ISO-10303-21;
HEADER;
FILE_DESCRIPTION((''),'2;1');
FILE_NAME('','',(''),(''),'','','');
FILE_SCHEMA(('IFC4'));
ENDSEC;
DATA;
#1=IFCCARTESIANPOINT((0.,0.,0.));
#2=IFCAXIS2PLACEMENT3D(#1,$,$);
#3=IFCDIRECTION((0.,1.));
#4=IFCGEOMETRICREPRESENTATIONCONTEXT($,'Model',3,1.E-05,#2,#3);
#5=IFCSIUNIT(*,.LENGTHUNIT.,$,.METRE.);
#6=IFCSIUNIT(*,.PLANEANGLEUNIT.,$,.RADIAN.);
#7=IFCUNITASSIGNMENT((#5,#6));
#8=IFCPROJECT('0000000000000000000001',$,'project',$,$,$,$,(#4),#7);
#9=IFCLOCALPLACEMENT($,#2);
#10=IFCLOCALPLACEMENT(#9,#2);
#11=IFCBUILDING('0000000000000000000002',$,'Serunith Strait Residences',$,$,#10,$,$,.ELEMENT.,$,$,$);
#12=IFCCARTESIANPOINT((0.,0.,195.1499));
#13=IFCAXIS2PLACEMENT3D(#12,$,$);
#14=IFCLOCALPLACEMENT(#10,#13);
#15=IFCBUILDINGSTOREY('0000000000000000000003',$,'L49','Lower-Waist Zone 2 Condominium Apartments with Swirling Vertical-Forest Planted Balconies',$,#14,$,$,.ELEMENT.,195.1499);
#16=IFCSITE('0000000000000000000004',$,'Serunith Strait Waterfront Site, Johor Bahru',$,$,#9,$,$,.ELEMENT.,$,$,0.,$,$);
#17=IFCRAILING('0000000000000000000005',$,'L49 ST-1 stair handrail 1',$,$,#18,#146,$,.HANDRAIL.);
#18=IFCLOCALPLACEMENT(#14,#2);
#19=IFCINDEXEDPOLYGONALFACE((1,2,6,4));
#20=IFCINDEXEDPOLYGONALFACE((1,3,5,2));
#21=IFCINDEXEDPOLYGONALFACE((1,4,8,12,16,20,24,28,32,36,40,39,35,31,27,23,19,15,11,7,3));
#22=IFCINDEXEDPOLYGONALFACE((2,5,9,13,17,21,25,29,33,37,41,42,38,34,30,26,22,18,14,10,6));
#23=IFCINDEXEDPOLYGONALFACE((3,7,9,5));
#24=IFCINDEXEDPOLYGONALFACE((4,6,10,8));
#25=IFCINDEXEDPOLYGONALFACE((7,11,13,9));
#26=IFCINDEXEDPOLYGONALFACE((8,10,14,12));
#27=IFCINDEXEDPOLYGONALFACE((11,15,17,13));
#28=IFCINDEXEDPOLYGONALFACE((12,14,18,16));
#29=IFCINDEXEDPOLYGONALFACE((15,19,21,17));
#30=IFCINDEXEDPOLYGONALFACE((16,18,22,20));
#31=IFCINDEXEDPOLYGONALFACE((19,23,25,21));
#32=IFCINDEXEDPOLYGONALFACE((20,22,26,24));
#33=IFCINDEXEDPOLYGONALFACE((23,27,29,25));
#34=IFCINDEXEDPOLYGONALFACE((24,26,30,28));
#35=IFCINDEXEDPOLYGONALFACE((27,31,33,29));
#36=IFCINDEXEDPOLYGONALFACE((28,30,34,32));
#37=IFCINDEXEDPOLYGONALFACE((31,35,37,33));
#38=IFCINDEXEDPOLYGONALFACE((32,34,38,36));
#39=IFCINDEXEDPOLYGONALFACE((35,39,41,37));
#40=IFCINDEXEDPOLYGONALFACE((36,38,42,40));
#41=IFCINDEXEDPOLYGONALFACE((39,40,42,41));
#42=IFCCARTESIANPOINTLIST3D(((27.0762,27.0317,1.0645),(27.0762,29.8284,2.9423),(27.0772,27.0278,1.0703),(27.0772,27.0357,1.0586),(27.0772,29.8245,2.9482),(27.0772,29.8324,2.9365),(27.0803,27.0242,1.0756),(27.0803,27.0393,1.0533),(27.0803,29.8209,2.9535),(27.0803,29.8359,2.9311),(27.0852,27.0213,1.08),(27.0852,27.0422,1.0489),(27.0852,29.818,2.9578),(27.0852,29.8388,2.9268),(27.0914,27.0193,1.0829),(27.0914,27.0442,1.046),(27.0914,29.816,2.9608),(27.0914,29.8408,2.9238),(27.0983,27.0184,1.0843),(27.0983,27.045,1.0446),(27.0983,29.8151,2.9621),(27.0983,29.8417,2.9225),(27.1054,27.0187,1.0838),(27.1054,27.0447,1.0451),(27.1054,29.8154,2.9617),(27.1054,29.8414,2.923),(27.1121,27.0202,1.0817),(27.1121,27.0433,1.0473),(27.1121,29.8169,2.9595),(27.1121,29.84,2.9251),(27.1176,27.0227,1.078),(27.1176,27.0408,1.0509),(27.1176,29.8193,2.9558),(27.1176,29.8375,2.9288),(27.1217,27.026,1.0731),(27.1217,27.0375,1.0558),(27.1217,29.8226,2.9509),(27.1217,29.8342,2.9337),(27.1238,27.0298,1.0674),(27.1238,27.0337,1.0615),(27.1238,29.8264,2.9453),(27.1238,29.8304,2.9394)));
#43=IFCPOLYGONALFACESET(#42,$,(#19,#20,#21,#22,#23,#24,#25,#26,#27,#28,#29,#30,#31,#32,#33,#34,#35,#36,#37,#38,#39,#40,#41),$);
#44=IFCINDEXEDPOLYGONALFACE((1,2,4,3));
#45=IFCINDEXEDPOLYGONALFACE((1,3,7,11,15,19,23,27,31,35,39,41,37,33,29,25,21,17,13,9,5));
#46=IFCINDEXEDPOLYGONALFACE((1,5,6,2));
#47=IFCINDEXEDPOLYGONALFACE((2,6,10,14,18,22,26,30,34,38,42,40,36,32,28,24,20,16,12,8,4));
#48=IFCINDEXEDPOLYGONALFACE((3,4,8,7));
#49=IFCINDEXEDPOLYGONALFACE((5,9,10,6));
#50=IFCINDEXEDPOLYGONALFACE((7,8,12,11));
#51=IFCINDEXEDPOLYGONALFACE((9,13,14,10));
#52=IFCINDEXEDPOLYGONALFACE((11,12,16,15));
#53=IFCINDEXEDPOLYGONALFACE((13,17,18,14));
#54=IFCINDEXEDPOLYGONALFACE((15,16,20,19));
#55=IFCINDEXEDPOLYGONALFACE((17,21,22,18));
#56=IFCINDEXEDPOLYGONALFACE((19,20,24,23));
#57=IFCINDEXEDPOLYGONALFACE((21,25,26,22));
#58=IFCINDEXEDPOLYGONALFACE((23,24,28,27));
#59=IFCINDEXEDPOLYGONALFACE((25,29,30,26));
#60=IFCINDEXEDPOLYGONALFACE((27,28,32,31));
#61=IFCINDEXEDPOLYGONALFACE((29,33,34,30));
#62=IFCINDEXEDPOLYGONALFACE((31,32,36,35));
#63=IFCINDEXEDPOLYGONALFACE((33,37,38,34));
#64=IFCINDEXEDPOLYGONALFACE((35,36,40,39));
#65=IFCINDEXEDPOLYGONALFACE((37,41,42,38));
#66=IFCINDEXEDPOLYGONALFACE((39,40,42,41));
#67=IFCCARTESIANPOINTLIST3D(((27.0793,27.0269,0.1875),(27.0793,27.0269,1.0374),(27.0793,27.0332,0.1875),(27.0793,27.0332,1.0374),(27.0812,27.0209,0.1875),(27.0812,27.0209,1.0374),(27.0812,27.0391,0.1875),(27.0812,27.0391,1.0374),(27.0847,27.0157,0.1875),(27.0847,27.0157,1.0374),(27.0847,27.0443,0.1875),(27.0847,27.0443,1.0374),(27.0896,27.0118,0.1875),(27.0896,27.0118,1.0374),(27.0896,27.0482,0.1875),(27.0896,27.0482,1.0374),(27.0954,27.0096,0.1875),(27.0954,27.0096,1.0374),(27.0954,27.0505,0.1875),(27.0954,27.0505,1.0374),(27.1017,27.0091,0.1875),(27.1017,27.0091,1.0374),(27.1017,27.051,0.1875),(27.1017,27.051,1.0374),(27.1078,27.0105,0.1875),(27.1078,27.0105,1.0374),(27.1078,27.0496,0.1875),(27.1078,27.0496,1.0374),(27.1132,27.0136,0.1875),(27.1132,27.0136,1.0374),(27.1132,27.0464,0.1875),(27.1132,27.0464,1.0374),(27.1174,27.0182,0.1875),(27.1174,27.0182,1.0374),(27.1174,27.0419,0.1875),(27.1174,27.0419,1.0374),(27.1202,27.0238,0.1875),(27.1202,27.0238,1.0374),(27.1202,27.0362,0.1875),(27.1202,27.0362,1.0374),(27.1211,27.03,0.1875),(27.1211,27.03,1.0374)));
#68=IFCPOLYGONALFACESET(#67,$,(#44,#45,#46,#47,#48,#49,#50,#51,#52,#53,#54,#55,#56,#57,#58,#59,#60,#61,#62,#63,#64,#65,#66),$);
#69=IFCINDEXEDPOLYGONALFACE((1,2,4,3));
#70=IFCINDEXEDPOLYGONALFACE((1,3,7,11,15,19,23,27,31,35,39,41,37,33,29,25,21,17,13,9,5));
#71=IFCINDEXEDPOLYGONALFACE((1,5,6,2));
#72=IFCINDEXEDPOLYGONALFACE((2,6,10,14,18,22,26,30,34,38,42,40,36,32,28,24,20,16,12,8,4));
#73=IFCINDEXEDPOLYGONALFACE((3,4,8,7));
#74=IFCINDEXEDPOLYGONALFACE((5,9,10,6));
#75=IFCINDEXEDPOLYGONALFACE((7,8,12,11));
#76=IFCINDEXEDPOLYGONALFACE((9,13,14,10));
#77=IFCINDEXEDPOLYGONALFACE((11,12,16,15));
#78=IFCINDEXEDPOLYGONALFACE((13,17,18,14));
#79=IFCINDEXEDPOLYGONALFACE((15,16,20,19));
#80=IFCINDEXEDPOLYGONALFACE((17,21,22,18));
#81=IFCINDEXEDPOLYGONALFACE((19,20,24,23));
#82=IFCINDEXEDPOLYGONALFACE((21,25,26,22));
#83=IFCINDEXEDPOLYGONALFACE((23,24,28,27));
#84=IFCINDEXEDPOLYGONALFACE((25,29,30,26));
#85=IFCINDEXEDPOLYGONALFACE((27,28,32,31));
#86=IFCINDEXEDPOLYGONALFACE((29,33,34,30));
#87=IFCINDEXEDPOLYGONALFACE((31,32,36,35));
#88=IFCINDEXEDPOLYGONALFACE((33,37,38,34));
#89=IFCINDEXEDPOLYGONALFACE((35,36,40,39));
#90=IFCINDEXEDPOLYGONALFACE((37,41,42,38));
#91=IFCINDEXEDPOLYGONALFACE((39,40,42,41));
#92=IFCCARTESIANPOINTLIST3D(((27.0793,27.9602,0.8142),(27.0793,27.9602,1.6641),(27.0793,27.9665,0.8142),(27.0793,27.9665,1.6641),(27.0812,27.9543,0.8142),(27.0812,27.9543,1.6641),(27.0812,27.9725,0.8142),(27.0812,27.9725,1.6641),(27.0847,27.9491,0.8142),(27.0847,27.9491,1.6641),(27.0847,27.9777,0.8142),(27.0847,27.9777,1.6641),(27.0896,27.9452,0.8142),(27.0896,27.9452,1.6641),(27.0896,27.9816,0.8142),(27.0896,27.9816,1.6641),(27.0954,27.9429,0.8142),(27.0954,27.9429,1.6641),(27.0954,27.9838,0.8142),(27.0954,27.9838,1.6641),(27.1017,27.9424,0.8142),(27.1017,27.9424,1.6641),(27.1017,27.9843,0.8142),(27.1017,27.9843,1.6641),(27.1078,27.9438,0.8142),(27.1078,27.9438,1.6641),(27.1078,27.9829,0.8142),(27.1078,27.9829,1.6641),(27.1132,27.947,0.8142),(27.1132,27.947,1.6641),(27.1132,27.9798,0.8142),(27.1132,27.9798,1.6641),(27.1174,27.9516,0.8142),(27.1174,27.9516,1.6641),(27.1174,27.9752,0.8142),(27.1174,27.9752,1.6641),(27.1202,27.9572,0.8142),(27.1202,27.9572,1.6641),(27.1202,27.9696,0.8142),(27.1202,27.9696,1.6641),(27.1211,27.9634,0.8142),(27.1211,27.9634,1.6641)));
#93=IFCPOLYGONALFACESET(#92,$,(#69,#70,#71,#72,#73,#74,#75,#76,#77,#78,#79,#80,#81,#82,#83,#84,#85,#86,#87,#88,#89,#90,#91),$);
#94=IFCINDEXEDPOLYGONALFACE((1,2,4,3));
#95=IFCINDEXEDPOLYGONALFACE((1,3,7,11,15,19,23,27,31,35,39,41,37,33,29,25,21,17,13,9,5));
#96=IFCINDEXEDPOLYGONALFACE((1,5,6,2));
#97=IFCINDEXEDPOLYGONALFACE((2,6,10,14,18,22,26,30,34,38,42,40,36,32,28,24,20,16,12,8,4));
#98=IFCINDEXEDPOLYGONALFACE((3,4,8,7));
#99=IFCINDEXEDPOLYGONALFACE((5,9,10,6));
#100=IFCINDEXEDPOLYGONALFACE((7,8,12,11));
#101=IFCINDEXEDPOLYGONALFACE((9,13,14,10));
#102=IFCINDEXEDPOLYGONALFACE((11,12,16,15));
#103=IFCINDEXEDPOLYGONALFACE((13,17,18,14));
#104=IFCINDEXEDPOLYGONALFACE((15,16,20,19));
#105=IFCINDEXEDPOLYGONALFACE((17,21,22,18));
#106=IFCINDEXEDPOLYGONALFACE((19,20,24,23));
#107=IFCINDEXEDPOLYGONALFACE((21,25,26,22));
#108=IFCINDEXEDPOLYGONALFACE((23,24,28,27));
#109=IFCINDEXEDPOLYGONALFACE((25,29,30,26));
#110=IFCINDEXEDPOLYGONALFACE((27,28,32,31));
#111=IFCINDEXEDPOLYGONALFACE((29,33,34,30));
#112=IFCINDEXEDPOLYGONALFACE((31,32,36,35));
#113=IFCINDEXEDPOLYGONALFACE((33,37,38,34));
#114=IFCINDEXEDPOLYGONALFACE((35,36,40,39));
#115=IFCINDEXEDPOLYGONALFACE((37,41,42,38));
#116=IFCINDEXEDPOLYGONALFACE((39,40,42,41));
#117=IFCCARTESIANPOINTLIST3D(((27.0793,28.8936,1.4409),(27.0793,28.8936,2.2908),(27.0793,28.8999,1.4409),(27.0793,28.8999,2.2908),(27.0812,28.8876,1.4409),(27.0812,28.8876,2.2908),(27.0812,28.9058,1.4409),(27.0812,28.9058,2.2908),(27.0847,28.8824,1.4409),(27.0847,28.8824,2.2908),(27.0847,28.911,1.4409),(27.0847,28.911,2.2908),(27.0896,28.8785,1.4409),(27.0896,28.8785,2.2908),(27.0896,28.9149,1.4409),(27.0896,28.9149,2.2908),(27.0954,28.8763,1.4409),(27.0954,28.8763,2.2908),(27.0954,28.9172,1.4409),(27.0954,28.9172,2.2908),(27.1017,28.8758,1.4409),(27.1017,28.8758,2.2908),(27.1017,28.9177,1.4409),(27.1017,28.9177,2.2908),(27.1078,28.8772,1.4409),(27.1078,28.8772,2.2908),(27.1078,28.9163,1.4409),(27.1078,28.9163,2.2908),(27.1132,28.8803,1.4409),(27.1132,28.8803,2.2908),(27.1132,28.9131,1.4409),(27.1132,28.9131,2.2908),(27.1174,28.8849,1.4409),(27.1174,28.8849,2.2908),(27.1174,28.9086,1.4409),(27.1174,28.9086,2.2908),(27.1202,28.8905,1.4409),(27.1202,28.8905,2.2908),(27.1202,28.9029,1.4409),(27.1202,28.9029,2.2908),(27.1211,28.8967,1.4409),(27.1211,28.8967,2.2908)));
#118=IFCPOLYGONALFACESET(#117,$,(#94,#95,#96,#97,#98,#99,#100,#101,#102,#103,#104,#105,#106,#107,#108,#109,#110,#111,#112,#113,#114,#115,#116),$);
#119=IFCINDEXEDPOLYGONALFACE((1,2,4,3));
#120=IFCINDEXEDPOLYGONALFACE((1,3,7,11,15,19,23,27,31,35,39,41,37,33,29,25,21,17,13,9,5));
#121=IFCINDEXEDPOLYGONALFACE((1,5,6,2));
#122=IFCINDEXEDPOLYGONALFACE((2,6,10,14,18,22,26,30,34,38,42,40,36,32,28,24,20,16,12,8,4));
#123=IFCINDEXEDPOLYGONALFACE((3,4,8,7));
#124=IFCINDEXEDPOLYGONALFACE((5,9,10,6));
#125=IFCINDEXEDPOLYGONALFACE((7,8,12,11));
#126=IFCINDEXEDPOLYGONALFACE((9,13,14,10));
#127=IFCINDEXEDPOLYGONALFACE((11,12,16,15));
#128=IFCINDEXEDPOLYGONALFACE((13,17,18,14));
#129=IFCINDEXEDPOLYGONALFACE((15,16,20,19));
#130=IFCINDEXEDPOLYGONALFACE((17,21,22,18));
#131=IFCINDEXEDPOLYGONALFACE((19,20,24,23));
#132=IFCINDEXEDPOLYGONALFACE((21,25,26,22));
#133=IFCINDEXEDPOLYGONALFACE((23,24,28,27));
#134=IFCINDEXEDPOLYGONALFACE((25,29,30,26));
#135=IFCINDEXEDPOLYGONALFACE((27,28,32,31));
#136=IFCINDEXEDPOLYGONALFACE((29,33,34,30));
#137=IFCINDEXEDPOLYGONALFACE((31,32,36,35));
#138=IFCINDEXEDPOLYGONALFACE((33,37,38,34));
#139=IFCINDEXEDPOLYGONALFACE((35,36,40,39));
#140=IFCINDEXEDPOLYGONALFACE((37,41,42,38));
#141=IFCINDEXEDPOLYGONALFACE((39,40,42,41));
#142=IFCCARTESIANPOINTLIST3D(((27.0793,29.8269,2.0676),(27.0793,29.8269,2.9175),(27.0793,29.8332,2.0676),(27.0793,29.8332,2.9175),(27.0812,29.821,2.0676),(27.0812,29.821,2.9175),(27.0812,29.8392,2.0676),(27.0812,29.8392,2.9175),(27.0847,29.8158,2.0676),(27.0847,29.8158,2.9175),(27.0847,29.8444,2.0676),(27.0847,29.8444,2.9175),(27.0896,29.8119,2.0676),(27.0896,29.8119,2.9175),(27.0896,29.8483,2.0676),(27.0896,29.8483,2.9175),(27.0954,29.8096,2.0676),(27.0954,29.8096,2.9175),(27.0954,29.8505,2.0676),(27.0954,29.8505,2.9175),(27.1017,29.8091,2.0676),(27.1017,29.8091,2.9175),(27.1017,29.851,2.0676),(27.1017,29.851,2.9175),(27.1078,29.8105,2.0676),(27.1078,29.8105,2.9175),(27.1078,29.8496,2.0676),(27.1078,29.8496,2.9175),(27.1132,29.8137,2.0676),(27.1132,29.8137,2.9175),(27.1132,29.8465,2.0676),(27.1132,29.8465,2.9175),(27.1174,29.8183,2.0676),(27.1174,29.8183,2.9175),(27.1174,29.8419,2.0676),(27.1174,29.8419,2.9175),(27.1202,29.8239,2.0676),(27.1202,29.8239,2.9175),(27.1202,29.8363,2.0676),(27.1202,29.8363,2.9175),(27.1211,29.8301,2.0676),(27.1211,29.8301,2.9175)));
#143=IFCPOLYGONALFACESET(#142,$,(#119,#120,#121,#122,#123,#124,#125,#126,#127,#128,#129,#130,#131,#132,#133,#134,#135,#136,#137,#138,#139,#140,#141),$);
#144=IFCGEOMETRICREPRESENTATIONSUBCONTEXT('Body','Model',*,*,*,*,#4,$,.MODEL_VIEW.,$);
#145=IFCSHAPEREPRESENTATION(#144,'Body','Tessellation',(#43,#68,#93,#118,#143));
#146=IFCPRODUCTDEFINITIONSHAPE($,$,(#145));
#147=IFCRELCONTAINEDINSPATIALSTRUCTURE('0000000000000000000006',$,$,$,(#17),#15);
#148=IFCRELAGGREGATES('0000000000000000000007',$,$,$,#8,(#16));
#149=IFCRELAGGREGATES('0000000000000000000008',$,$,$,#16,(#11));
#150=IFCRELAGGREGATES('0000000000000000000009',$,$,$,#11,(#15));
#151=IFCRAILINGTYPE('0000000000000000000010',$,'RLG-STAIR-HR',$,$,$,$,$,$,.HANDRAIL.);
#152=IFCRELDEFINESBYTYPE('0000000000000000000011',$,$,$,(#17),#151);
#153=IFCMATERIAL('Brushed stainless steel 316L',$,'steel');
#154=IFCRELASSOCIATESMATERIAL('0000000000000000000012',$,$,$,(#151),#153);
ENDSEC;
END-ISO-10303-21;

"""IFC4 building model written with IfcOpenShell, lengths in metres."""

from ifc_helpers import new_model, si_unit, direction, frame, origin, origin_2d, place, context, subcontext, project, spatial, circle, extrude, material, type_object, element, save


model = new_model("IFC4")

# Units and contexts
model_context = context("Model", 3, precision=1e-05, world=origin(), true_north=direction((0.0, 1.0)))
body_context = subcontext(model_context, "Body", "Model", "MODEL_VIEW")
ifc_project = project(units=[si_unit("LENGTHUNIT", "METRE"), si_unit("PLANEANGLEUNIT", "RADIAN")], contexts=[model_context])

# Site, building, storey
site_placement = place(None, origin())
site = spatial("IfcSite", under=ifc_project, at=site_placement, Name="Serunith Strait Waterfront Site, Johor Bahru", CompositionType="ELEMENT", RefElevation=0.0)
building_placement = place(site_placement, origin())
building = spatial("IfcBuilding", under=site, at=building_placement, Name="Serunith Strait Residences", CompositionType="ELEMENT")
storey_placement = place(building_placement, frame((0.0, 0.0, 195.1499)))
storey = spatial("IfcBuildingStorey", under=building, at=storey_placement, Name="L49", Description="Lower-Waist Zone 2 Condominium Apartments with Swirling Vertical-Forest Planted Balconies", CompositionType="ELEMENT", Elevation=195.1499)

# Railing
ifc_material_1 = material(Name="Brushed stainless steel 316L", Category="steel")
railing_type_1 = type_object("IfcRailingType", Name="RLG-STAIR-HR", PredefinedType="HANDRAIL", material=ifc_material_1)
railing_1_placement = place(storey_placement, frame((27.1001, 27.03, 0.1875)))
element("IfcRailing", 1, at=railing_1_placement, inside=storey, type_object=railing_type_1, Name="L49 ST-1 stair handrail 1", PredefinedType="HANDRAIL", context=body_context, shape_type="SweptSolid", body=[
    extrude(circle(Radius=0.0239, at=origin_2d()), frame((0.0, 0.0017, 0.877), z_axis=(0.0, 0.830208, 0.557453), x_axis=(-1.0, 0.0, 0.0)), (0.0, 0.0, 1.0), 3.3687),
    extrude(circle(Radius=0.021, at=origin_2d()), origin(), (0.0, 0.0, 1.0), 0.8499),
    extrude(circle(Radius=0.021, at=origin_2d()), frame((0.0, 0.9333, 0.6267)), (0.0, 0.0, 1.0), 0.8499),
    extrude(circle(Radius=0.021, at=origin_2d()), frame((0.0, 1.8667, 1.2534)), (0.0, 0.0, 1.0), 0.8499),
    extrude(circle(Radius=0.021, at=origin_2d()), frame((0.0, 2.8, 1.8801)), (0.0, 0.0, 1.0), 0.8499),
])

save(model, "model.ifc")
